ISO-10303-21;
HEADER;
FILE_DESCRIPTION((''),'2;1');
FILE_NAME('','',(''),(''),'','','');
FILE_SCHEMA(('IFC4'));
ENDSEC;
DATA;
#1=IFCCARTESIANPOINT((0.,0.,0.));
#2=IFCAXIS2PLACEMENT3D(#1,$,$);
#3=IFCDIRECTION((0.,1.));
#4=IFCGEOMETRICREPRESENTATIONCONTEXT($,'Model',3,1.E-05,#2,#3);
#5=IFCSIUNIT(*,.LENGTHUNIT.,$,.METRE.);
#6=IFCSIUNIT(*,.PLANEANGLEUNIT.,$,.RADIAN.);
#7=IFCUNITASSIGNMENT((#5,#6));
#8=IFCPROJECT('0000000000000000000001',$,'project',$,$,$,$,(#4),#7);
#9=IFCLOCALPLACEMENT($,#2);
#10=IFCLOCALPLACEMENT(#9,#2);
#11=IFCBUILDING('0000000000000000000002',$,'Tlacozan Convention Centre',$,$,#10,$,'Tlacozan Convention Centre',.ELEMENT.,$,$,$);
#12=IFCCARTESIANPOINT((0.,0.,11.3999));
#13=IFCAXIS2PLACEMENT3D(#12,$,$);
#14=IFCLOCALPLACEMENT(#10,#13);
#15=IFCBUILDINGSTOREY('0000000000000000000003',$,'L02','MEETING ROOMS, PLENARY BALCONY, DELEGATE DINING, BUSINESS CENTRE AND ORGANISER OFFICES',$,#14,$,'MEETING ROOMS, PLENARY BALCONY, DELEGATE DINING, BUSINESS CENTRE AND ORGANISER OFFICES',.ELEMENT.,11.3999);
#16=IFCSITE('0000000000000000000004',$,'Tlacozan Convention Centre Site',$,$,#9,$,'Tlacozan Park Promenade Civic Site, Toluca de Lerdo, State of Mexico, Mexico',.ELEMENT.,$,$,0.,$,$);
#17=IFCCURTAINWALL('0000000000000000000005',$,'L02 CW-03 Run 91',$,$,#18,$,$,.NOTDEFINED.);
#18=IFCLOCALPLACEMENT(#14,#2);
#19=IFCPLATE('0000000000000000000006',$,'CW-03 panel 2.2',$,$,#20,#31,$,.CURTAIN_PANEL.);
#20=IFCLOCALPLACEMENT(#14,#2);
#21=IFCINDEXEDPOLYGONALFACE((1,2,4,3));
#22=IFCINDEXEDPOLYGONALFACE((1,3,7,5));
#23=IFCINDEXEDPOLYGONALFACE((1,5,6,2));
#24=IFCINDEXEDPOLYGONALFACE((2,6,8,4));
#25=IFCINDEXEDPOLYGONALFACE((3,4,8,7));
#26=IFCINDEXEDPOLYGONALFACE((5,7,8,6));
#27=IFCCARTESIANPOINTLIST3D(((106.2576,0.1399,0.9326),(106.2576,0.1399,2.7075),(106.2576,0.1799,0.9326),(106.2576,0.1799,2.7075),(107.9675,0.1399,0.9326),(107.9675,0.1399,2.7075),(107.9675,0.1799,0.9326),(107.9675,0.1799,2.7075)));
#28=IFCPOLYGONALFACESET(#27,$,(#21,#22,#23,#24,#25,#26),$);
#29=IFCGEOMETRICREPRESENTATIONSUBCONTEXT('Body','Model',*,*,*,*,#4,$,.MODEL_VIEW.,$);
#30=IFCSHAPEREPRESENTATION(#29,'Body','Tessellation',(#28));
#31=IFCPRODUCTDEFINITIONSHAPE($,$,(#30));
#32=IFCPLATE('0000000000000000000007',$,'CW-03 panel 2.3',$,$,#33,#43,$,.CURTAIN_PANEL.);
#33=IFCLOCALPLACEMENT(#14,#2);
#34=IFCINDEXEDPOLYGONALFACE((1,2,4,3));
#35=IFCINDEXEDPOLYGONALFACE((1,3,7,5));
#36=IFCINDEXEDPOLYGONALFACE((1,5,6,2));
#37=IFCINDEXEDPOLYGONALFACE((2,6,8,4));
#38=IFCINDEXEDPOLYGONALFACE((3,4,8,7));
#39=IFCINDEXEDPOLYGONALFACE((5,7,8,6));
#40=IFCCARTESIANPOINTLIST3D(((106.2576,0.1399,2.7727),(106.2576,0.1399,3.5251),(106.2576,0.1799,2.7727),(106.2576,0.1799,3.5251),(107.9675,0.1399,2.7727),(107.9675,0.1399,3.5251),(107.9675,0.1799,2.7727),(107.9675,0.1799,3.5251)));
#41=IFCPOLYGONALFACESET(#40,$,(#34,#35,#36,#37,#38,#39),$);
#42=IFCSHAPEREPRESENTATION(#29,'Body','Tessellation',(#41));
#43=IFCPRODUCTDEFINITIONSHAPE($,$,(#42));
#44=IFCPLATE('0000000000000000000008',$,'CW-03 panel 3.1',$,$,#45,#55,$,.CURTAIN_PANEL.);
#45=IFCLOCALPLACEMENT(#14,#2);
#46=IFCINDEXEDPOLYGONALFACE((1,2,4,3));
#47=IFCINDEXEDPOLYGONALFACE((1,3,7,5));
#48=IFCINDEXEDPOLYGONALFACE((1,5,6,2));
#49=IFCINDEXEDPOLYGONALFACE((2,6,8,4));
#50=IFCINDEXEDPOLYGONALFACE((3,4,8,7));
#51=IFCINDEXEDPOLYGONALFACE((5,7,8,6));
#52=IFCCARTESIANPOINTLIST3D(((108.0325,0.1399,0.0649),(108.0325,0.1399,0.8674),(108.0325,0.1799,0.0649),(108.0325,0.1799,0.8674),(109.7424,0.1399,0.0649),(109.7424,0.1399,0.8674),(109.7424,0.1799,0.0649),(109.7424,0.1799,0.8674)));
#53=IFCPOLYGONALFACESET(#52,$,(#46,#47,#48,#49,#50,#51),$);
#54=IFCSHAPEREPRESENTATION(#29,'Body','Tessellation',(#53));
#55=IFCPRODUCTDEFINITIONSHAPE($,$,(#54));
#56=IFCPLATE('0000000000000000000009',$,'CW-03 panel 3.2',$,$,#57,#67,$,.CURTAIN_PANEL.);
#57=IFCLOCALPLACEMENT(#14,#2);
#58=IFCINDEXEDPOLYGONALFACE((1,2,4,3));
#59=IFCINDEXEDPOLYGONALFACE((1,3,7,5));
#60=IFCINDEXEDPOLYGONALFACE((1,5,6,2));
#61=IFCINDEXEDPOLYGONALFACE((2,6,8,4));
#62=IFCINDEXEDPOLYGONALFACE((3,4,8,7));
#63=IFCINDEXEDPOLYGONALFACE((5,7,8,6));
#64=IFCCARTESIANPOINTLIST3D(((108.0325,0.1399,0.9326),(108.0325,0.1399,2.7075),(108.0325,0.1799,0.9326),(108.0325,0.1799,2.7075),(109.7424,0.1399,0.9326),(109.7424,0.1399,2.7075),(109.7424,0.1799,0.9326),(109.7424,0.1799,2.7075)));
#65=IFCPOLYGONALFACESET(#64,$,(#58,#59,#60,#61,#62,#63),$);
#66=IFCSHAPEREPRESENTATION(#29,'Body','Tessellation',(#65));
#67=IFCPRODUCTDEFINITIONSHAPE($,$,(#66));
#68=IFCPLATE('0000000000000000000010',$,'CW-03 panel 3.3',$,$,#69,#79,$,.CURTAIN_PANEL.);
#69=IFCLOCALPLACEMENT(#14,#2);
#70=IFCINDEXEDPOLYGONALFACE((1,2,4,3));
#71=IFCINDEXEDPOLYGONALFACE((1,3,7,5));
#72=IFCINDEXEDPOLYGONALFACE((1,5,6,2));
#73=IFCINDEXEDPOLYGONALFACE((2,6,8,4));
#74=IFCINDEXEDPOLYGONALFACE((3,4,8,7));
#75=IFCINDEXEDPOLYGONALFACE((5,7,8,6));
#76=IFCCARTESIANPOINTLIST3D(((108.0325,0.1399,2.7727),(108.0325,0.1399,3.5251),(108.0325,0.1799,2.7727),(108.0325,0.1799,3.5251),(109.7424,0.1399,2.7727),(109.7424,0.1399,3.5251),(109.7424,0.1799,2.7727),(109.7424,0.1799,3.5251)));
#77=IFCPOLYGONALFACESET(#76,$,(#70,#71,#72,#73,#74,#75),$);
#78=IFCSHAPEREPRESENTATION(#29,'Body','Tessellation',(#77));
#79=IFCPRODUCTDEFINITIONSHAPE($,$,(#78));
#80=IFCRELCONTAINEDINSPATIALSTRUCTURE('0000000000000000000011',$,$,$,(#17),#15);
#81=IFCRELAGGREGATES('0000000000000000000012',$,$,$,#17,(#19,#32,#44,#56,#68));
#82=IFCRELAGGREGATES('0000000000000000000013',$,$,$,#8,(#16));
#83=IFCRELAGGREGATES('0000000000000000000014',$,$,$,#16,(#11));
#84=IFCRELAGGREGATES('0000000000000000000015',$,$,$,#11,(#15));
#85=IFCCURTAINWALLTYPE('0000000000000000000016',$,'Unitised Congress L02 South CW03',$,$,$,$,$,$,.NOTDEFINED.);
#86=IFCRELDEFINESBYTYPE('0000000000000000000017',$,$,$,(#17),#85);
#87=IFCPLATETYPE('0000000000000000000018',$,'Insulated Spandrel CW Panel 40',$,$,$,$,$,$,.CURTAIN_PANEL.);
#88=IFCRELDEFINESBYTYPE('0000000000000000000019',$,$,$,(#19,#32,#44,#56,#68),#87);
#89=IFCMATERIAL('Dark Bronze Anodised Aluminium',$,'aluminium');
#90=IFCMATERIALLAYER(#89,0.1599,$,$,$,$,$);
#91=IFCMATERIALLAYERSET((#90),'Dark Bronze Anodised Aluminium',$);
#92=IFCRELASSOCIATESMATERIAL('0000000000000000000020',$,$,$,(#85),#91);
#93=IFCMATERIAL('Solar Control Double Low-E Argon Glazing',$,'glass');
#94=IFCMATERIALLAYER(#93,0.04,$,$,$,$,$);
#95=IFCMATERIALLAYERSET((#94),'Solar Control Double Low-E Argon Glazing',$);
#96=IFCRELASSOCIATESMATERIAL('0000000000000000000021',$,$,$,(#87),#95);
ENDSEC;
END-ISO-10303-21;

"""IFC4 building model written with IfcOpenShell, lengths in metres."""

from ifc_helpers import new_model, si_unit, direction, frame, origin, origin_2d, place, context, subcontext, project, spatial, rectangle, extrude, material, layer, layer_set, type_object, element, aggregate, save


model = new_model("IFC4")

# Units and contexts
model_context = context("Model", 3, precision=1e-05, world=origin(), true_north=direction((0.0, 1.0)))
body_context = subcontext(model_context, "Body", "Model", "MODEL_VIEW")
ifc_project = project(units=[si_unit("LENGTHUNIT", "METRE"), si_unit("PLANEANGLEUNIT", "RADIAN")], contexts=[model_context])

# Site, building, storey
site_placement = place(None, origin())
site = spatial("IfcSite", under=ifc_project, at=site_placement, Name="Tlacozan Convention Centre Site", LongName="Tlacozan Park Promenade Civic Site, Toluca de Lerdo, State of Mexico, Mexico", CompositionType="ELEMENT", RefElevation=0.0)
building_placement = place(site_placement, origin())
building = spatial("IfcBuilding", under=site, at=building_placement, Name="Tlacozan Convention Centre", LongName="Tlacozan Convention Centre", CompositionType="ELEMENT")
storey_placement = place(building_placement, frame((0.0, 0.0, 11.3999)))
storey = spatial("IfcBuildingStorey", under=building, at=storey_placement, Name="L02", Description="MEETING ROOMS, PLENARY BALCONY, DELEGATE DINING, BUSINESS CENTRE AND ORGANISER OFFICES", LongName="MEETING ROOMS, PLENARY BALCONY, DELEGATE DINING, BUSINESS CENTRE AND ORGANISER OFFICES", CompositionType="ELEMENT", Elevation=11.3999)

# Curtain wall
ifc_material_1 = material(Name="Dark Bronze Anodised Aluminium", Category="aluminium")
ifc_layer_1 = layer(ifc_material_1, 0.1599)
ifc_layer_set_1 = layer_set([ifc_layer_1], Name="Dark Bronze Anodised Aluminium")
curtain_wall_type = type_object("IfcCurtainWallType", Name="Unitised Congress L02 South CW03", PredefinedType="NOTDEFINED", material=ifc_layer_set_1)
curtain_wall_placement = place(storey_placement, origin())
curtain_wall = element("IfcCurtainWall", 1, at=curtain_wall_placement, inside=storey, type_object=curtain_wall_type, Name="L02 CW-03 Run 91", PredefinedType="NOTDEFINED")

# Plates
ifc_material_2 = material(Name="Solar Control Double Low-E Argon Glazing", Category="glass")
ifc_layer_2 = layer(ifc_material_2, 0.04)
ifc_layer_set_2 = layer_set([ifc_layer_2], Name="Solar Control Double Low-E Argon Glazing")
plate_type = type_object("IfcPlateType", Name="Insulated Spandrel CW Panel 40", PredefinedType="CURTAIN_PANEL", material=ifc_layer_set_2)
plate_1_placement = place(storey_placement, frame((107.1125, 0.1599, 0.9326), z_axis=(0.0, 0.0, 1.0), x_axis=(1.0, 0.0, 0.0)))
plate_1 = element("IfcPlate", 2, at=plate_1_placement, type_object=plate_type, Name="CW-03 panel 2.2", PredefinedType="CURTAIN_PANEL", context=body_context, shape_type="SweptSolid", body=[
    extrude(rectangle(XDim=1.71, YDim=0.04, at=origin_2d()), origin(), (0.0, 0.0, 1.0), 1.7749),
])
plate_2_placement = place(storey_placement, frame((107.1125, 0.1599, 2.7727), z_axis=(0.0, 0.0, 1.0), x_axis=(1.0, 0.0, 0.0)))
plate_2 = element("IfcPlate", 3, at=plate_2_placement, type_object=plate_type, Name="CW-03 panel 2.3", PredefinedType="CURTAIN_PANEL", context=body_context, shape_type="SweptSolid", body=[
    extrude(rectangle(XDim=1.71, YDim=0.04, at=origin_2d()), origin(), (0.0, 0.0, 1.0), 0.7524),
])
plate_3_placement = place(storey_placement, frame((108.8875, 0.1599, 0.0649), z_axis=(0.0, 0.0, 1.0), x_axis=(1.0, 0.0, 0.0)))
plate_3 = element("IfcPlate", 4, at=plate_3_placement, type_object=plate_type, Name="CW-03 panel 3.1", PredefinedType="CURTAIN_PANEL", context=body_context, shape_type="SweptSolid", body=[
    extrude(rectangle(XDim=1.71, YDim=0.04, at=origin_2d()), origin(), (0.0, 0.0, 1.0), 0.8025),
])
plate_4_placement = place(storey_placement, frame((108.8875, 0.1599, 0.9326), z_axis=(0.0, 0.0, 1.0), x_axis=(1.0, 0.0, 0.0)))
plate_4 = element("IfcPlate", 5, at=plate_4_placement, type_object=plate_type, Name="CW-03 panel 3.2", PredefinedType="CURTAIN_PANEL", context=body_context, shape_type="SweptSolid", body=[
    extrude(rectangle(XDim=1.71, YDim=0.04, at=origin_2d()), origin(), (0.0, 0.0, 1.0), 1.7749),
])
plate_5_placement = place(storey_placement, frame((108.8875, 0.1599, 2.7727), z_axis=(0.0, 0.0, 1.0), x_axis=(1.0, 0.0, 0.0)))
plate_5 = element("IfcPlate", 6, at=plate_5_placement, type_object=plate_type, Name="CW-03 panel 3.3", PredefinedType="CURTAIN_PANEL", context=body_context, shape_type="SweptSolid", body=[
    extrude(rectangle(XDim=1.71, YDim=0.04, at=origin_2d()), origin(), (0.0, 0.0, 1.0), 0.7524),
])
aggregate(curtain_wall, [plate_1, plate_2, plate_3, plate_4, plate_5])

save(model, "model.ifc")
